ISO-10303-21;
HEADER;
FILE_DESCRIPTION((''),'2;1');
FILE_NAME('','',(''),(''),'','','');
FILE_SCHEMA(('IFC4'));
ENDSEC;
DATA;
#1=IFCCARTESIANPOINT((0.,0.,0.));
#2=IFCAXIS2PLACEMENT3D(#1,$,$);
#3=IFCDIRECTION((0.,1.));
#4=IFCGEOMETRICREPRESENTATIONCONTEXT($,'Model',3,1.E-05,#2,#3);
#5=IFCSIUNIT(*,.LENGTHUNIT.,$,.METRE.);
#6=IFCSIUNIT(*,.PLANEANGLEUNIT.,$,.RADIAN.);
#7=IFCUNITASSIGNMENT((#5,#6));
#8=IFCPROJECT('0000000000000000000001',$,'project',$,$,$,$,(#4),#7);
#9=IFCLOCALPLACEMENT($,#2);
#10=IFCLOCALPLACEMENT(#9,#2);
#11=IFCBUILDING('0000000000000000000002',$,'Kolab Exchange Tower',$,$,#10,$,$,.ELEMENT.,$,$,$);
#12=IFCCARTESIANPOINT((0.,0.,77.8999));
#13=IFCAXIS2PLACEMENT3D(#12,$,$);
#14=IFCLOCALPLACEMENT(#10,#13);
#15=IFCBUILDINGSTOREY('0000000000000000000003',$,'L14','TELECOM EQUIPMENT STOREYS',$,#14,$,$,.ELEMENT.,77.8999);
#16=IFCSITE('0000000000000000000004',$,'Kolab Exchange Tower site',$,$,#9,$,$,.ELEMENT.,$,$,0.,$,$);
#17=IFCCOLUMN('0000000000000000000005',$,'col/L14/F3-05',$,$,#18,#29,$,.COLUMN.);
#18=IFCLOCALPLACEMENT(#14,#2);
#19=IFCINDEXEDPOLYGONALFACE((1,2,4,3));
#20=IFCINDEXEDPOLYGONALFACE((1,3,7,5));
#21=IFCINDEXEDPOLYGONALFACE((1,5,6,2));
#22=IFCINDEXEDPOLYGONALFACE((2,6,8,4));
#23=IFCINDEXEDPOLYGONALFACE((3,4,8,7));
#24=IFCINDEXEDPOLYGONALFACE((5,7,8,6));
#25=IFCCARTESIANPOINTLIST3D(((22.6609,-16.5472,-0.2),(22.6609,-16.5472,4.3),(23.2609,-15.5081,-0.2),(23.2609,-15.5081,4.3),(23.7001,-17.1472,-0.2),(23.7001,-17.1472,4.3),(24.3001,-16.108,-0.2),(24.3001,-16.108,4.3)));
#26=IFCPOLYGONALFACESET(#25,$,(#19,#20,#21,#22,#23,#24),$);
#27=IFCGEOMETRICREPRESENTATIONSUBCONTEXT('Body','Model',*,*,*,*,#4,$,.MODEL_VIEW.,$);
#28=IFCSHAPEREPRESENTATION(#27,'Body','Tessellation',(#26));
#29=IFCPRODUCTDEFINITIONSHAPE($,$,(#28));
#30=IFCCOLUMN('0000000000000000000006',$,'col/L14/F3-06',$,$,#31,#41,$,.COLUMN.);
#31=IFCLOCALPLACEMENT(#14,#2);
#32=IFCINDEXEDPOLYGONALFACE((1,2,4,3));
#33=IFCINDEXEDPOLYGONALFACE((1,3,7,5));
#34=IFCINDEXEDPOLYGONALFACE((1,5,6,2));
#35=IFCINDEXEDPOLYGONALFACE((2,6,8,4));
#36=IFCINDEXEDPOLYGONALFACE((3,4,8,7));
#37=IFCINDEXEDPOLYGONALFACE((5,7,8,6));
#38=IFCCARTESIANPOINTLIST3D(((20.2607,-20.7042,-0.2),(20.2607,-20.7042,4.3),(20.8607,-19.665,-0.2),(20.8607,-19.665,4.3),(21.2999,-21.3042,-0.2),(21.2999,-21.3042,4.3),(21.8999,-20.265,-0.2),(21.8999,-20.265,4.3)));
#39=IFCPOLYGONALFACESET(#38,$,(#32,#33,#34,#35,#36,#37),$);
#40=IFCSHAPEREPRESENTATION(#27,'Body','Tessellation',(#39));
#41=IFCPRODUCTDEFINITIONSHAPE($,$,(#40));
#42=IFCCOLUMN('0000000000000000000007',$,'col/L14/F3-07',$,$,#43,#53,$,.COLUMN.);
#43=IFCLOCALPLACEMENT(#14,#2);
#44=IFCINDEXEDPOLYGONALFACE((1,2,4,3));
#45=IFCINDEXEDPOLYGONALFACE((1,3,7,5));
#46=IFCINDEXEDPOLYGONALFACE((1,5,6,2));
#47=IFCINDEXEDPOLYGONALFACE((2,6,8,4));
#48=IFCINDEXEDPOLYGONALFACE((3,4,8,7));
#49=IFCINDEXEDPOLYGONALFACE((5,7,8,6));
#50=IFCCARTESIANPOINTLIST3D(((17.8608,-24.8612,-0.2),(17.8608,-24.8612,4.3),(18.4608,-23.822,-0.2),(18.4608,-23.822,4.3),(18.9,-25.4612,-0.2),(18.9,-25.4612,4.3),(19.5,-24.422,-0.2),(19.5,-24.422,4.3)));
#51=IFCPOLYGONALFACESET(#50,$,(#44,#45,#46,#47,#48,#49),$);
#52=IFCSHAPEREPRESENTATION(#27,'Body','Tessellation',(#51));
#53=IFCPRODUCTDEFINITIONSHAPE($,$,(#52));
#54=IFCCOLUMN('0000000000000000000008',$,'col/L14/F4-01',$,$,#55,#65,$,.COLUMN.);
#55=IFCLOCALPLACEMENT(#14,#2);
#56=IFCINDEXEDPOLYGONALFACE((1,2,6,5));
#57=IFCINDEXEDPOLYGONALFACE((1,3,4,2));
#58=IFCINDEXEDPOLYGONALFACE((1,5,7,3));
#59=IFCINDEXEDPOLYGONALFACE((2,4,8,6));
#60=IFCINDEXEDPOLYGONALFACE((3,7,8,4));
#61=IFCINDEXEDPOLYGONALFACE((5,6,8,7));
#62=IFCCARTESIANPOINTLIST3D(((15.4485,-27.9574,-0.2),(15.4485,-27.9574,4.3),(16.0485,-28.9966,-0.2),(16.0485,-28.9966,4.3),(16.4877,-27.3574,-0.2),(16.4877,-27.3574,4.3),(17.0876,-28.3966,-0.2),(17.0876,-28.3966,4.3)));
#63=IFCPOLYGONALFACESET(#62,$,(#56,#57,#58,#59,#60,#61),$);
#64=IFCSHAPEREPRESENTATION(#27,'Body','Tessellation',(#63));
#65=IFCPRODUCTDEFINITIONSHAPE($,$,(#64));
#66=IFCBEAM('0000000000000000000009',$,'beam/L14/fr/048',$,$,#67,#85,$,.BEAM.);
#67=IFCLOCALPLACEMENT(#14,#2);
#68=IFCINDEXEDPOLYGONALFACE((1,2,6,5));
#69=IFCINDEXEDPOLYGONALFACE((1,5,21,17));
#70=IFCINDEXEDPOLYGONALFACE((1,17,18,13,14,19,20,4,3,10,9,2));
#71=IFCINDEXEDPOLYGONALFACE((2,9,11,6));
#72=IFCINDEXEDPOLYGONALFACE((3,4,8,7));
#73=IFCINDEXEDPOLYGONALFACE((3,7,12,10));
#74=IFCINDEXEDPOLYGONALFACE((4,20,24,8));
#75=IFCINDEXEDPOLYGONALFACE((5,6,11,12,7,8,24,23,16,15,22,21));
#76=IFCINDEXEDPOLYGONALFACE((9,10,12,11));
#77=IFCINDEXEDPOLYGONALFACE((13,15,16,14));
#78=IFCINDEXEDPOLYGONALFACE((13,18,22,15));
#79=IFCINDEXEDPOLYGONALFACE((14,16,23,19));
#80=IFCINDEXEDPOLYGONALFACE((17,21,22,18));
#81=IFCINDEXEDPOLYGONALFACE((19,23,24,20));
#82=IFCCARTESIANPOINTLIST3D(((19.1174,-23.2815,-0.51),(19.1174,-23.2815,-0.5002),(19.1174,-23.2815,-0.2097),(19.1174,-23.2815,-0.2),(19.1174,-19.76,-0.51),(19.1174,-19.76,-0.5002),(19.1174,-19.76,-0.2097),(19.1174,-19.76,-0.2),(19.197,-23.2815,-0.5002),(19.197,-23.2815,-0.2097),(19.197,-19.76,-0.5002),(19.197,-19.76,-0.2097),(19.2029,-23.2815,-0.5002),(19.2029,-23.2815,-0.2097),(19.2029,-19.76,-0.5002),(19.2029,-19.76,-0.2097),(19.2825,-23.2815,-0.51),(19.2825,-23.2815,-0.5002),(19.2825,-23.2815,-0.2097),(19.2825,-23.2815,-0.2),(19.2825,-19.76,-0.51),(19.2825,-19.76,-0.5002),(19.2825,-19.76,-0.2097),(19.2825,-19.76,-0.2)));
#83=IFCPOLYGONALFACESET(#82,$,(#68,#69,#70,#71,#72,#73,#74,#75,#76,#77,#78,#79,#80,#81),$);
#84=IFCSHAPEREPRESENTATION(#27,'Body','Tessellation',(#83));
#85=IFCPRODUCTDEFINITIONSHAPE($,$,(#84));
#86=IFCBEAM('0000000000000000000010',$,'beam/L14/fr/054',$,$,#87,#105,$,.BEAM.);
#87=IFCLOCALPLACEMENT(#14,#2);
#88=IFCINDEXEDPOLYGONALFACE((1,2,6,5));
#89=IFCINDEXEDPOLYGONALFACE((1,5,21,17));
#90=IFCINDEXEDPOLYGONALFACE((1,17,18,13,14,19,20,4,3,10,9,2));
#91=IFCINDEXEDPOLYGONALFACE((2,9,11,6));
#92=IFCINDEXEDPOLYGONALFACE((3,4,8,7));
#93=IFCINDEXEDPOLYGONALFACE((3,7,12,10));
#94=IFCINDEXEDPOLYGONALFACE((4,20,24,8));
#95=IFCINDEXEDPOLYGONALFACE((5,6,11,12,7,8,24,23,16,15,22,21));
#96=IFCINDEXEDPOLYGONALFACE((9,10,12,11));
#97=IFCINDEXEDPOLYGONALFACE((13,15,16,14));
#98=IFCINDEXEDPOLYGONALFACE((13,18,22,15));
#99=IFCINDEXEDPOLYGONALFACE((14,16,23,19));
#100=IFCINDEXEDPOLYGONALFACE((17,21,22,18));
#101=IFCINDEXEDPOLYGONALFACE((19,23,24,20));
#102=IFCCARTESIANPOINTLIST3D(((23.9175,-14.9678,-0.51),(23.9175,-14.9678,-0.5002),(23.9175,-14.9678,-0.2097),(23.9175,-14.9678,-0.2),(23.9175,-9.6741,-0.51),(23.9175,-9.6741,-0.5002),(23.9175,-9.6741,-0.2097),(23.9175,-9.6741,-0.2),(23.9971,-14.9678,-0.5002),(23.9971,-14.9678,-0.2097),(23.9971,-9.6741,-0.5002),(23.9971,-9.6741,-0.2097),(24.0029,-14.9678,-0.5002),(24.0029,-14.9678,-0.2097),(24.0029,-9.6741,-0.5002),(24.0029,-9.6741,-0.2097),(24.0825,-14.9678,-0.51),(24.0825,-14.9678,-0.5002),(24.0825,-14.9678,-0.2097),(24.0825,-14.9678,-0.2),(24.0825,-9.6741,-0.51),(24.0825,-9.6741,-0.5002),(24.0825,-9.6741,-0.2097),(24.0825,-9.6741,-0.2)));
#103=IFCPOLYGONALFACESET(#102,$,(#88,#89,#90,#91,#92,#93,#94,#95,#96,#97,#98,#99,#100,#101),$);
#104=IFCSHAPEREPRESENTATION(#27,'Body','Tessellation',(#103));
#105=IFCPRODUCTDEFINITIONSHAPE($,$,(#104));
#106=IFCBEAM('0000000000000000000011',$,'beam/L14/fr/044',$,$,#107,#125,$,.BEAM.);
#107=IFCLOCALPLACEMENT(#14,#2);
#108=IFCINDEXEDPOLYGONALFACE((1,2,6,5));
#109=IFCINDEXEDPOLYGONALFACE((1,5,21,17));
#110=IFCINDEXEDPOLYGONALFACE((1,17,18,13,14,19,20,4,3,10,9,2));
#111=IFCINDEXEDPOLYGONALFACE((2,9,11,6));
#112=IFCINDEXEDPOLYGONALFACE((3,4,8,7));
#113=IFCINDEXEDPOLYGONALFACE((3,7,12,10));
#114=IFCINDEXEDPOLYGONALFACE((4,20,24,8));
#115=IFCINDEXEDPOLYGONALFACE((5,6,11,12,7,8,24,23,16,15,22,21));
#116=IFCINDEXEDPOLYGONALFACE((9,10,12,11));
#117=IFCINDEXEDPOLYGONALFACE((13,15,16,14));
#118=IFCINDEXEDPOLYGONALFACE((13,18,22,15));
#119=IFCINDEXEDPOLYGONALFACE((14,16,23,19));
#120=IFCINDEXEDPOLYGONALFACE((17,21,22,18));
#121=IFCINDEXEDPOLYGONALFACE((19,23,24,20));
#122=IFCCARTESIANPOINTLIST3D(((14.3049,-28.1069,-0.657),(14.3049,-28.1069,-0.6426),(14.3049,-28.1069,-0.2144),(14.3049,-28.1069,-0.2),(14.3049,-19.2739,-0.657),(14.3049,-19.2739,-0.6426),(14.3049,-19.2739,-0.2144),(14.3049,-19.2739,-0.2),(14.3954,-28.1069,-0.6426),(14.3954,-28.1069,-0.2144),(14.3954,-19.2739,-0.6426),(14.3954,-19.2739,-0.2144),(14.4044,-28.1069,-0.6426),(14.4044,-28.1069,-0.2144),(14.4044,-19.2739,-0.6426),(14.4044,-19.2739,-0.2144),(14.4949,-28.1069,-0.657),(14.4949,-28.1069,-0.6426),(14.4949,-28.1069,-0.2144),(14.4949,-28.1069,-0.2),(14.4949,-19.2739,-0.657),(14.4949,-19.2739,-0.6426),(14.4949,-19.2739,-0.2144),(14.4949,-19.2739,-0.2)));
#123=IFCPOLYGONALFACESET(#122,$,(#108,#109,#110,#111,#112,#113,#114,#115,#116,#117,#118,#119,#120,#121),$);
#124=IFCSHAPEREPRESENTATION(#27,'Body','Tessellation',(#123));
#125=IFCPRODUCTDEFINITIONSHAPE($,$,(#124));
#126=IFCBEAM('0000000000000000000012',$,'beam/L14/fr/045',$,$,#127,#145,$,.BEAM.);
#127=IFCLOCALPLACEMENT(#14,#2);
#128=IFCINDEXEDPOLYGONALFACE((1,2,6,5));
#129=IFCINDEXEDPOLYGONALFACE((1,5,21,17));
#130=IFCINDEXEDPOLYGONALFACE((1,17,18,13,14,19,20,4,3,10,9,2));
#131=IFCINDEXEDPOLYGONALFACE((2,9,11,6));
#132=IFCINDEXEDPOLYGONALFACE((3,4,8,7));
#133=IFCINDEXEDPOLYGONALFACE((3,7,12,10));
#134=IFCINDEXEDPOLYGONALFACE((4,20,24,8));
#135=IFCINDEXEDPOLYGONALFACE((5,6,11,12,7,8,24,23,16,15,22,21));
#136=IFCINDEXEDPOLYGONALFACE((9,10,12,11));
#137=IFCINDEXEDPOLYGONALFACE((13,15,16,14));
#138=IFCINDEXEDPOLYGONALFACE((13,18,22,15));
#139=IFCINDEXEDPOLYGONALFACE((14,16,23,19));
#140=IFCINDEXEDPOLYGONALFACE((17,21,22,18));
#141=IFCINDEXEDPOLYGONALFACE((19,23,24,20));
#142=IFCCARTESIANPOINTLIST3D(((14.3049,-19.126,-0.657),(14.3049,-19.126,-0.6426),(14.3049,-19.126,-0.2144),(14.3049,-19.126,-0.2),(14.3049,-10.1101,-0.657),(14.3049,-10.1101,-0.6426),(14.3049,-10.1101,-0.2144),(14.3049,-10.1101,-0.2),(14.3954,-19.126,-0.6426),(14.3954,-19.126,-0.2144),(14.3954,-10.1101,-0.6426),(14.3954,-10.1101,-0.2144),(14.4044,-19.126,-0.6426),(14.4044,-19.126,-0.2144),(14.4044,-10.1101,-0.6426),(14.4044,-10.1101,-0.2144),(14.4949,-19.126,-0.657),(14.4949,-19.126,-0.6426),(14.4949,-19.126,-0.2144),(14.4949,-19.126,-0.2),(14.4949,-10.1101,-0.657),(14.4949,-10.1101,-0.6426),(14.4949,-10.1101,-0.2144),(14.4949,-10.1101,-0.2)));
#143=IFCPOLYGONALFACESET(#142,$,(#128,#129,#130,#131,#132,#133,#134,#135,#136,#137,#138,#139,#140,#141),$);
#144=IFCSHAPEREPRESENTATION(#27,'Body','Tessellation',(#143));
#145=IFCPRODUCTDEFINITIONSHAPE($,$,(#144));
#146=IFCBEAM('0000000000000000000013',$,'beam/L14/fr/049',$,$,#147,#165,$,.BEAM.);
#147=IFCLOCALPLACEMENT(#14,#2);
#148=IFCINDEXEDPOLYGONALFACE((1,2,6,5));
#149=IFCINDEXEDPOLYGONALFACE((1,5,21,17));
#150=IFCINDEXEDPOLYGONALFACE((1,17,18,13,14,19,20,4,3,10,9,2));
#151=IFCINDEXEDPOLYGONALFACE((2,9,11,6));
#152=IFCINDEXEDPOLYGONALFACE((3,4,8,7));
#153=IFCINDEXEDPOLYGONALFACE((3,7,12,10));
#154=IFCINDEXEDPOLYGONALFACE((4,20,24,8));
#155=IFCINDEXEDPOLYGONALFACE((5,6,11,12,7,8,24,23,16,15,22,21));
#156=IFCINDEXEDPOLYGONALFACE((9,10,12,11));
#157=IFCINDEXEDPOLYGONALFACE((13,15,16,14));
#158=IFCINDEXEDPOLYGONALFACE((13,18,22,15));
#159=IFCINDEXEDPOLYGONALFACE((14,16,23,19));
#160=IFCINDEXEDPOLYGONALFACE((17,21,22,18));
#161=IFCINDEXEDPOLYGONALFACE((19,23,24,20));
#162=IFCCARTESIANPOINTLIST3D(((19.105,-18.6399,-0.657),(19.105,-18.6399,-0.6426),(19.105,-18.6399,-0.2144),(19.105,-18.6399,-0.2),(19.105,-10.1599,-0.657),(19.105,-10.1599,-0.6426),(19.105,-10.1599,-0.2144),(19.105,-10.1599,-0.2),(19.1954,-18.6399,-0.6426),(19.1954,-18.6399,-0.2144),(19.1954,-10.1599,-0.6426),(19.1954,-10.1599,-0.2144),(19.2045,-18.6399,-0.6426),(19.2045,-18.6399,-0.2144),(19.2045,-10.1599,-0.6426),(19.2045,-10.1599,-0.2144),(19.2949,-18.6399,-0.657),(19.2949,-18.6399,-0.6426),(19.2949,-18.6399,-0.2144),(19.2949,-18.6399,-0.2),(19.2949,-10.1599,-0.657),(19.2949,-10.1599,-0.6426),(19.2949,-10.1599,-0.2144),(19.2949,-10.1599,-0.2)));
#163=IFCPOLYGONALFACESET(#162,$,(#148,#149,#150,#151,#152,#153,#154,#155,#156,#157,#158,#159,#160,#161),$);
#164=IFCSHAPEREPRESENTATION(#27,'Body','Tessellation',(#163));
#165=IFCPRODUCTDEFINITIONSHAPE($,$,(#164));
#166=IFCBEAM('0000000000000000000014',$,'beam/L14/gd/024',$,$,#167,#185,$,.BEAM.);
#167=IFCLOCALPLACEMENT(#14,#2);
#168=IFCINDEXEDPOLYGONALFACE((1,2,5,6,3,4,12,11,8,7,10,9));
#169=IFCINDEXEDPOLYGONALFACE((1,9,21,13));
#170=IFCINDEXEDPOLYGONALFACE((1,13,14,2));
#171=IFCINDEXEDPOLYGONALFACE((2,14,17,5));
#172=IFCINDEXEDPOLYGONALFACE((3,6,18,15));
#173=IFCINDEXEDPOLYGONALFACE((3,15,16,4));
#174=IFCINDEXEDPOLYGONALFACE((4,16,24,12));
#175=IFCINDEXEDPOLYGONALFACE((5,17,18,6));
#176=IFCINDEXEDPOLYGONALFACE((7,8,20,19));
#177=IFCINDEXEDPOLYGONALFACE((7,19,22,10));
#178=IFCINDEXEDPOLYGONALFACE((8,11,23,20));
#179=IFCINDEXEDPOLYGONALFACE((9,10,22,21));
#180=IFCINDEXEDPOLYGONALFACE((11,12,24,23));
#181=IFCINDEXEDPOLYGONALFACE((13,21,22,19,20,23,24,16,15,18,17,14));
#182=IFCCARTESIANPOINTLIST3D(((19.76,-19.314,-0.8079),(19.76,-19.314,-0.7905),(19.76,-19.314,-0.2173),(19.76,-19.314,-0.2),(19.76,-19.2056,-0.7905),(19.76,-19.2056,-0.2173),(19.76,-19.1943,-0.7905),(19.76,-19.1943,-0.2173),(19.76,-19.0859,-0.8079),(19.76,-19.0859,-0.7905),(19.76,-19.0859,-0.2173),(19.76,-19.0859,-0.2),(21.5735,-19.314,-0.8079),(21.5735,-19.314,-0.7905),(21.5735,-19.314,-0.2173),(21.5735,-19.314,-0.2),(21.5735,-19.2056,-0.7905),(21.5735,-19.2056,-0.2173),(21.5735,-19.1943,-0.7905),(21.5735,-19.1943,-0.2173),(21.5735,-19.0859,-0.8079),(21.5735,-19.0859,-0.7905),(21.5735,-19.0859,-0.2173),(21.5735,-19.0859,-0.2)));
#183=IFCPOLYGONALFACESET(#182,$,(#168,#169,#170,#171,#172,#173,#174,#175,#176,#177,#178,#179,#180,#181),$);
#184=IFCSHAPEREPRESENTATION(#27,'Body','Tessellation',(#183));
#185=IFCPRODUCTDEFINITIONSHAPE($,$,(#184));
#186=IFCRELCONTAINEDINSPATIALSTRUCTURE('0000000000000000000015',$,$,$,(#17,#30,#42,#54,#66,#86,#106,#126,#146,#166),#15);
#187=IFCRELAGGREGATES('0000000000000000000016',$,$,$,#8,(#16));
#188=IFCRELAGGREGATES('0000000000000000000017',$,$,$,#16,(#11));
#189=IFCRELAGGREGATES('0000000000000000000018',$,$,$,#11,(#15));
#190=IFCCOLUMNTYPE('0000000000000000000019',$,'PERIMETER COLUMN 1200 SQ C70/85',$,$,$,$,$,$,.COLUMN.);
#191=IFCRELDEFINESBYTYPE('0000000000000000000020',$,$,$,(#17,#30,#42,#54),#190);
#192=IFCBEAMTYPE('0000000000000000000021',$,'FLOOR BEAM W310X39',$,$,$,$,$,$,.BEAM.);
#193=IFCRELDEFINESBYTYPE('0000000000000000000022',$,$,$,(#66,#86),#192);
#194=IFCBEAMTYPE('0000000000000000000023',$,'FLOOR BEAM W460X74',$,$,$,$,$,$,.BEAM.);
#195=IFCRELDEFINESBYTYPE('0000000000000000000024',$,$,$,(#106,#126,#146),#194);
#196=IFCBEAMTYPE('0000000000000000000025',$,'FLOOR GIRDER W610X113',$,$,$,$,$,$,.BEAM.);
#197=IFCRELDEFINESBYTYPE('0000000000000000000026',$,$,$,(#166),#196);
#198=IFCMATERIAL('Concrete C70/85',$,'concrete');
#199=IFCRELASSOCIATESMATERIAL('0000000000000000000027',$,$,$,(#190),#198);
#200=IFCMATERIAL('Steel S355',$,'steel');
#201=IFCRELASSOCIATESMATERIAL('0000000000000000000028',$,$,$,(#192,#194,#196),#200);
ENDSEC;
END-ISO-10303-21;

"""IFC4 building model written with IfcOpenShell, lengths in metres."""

from ifc_helpers import new_model, si_unit, direction, frame, origin, origin_2d, place, context, subcontext, project, spatial, rectangle, i_section, extrude, material, material_profile, profile_set, type_object, element, save


model = new_model("IFC4")

# Units and contexts
model_context = context("Model", 3, precision=1e-05, world=origin(), true_north=direction((0.0, 1.0)))
body_context = subcontext(model_context, "Body", "Model", "MODEL_VIEW")
ifc_project = project(units=[si_unit("LENGTHUNIT", "METRE"), si_unit("PLANEANGLEUNIT", "RADIAN")], contexts=[model_context])

# Site, building, storey
site_placement = place(None, origin())
site = spatial("IfcSite", under=ifc_project, at=site_placement, Name="Kolab Exchange Tower site", CompositionType="ELEMENT", RefElevation=0.0)
building_placement = place(site_placement, origin())
building = spatial("IfcBuilding", under=site, at=building_placement, Name="Kolab Exchange Tower", CompositionType="ELEMENT")
storey_placement = place(building_placement, frame((0.0, 0.0, 77.8999)))
storey = spatial("IfcBuildingStorey", under=building, at=storey_placement, Name="L14", Description="TELECOM EQUIPMENT STOREYS", CompositionType="ELEMENT", Elevation=77.8999)

# Columns
ifc_material_1 = material(Name="Concrete C70/85", Category="concrete")
ifc_material_profile_1 = material_profile(ifc_material_1, rectangle(XDim=1.2, YDim=1.2, at=origin_2d()), Name="RC1200")
ifc_profile_set_1 = profile_set([ifc_material_profile_1], Name="Concrete C70/85")
column_type = type_object("IfcColumnType", Name="PERIMETER COLUMN 1200 SQ C70/85", PredefinedType="COLUMN", material=ifc_profile_set_1)
for number, where, z_axis, x_axis, name in (
    (1, (23.4805, -16.3276, -0.2), (0.0, 0.0, 1.0), (0.5, 0.866025, 0.0), "col/L14/F3-05"),
    (2, (21.0803, -20.4846, -0.2), (0.0, 0.0, 1.0), (0.5, 0.866025, 0.0), "col/L14/F3-06"),
    (3, (18.6804, -24.6416, -0.2), (0.0, 0.0, 1.0), (0.5, 0.866025, 0.0), "col/L14/F3-07"),
    (4, (16.2681, -28.177, -0.2), (0.0, 0.0, 1.0), (0.866025, 0.5, 0.0), "col/L14/F4-01"),
):
    element("IfcColumn", number, at=place(storey_placement, frame(where, z_axis=z_axis, x_axis=x_axis)), inside=storey, type_object=column_type, Name=name, PredefinedType="COLUMN", context=body_context, shape_type="SweptSolid", body=[
        extrude(rectangle(XDim=1.2, YDim=1.2, at=origin_2d()), origin(), (0.0, 0.0, 1.0), 4.5),
    ])

# Beams
ifc_material_2 = material(Name="Steel S355", Category="steel")
ifc_material_profile_2 = material_profile(ifc_material_2, i_section(OverallWidth=0.165, OverallDepth=0.3101, WebThickness=0.0059, FlangeThickness=0.0098, at=origin_2d()), Name="W310X39")
ifc_profile_set_2 = profile_set([ifc_material_profile_2], Name="Steel S355")
beam_type_1 = type_object("IfcBeamType", Name="FLOOR BEAM W310X39", PredefinedType="BEAM", material=ifc_profile_set_2)
beam_1_placement = place(storey_placement, frame((19.2, -23.2815, -0.355), z_axis=(0.0, 1.0, 0.0), x_axis=(-1.0, 0.0, 0.0)))
element("IfcBeam", 5, at=beam_1_placement, inside=storey, type_object=beam_type_1, Name="beam/L14/fr/048", PredefinedType="BEAM", context=body_context, shape_type="SweptSolid", body=[
    extrude(i_section(OverallWidth=0.165, OverallDepth=0.3101, WebThickness=0.0059, FlangeThickness=0.0098, at=origin_2d()), origin(), (0.0, 0.0, 1.0), 3.5215),
])
beam_2_placement = place(storey_placement, frame((24.0, -14.9678, -0.355), z_axis=(0.0, 1.0, 0.0), x_axis=(-1.0, 0.0, 0.0)))
element("IfcBeam", 6, at=beam_2_placement, inside=storey, type_object=beam_type_1, Name="beam/L14/fr/054", PredefinedType="BEAM", context=body_context, shape_type="SweptSolid", body=[
    extrude(i_section(OverallWidth=0.165, OverallDepth=0.3101, WebThickness=0.0059, FlangeThickness=0.0098, at=origin_2d()), origin(), (0.0, 0.0, 1.0), 5.2937),
])
ifc_material_profile_3 = material_profile(ifc_material_2, i_section(OverallWidth=0.1899, OverallDepth=0.457, WebThickness=0.009, FlangeThickness=0.0144, at=origin_2d()), Name="W460X74")
ifc_profile_set_3 = profile_set([ifc_material_profile_3], Name="Steel S355")
beam_type_2 = type_object("IfcBeamType", Name="FLOOR BEAM W460X74", PredefinedType="BEAM", material=ifc_profile_set_3)
beam_3_placement = place(storey_placement, frame((14.3999, -28.1069, -0.4285), z_axis=(0.0, 1.0, 0.0), x_axis=(-1.0, 0.0, 0.0)))
element("IfcBeam", 7, at=beam_3_placement, inside=storey, type_object=beam_type_2, Name="beam/L14/fr/044", PredefinedType="BEAM", context=body_context, shape_type="SweptSolid", body=[
    extrude(i_section(OverallWidth=0.1899, OverallDepth=0.457, WebThickness=0.009, FlangeThickness=0.0144, at=origin_2d()), origin(), (0.0, 0.0, 1.0), 8.833),
])
beam_4_placement = place(storey_placement, frame((14.3999, -19.126, -0.4285), z_axis=(0.0, 1.0, 0.0), x_axis=(-1.0, 0.0, 0.0)))
element("IfcBeam", 8, at=beam_4_placement, inside=storey, type_object=beam_type_2, Name="beam/L14/fr/045", PredefinedType="BEAM", context=body_context, shape_type="SweptSolid", body=[
    extrude(i_section(OverallWidth=0.1899, OverallDepth=0.457, WebThickness=0.009, FlangeThickness=0.0144, at=origin_2d()), origin(), (0.0, 0.0, 1.0), 9.0159),
])
beam_5_placement = place(storey_placement, frame((19.2, -18.6399, -0.4285), z_axis=(0.0, 1.0, 0.0), x_axis=(-1.0, 0.0, 0.0)))
element("IfcBeam", 9, at=beam_5_placement, inside=storey, type_object=beam_type_2, Name="beam/L14/fr/049", PredefinedType="BEAM", context=body_context, shape_type="SweptSolid", body=[
    extrude(i_section(OverallWidth=0.1899, OverallDepth=0.457, WebThickness=0.009, FlangeThickness=0.0144, at=origin_2d()), origin(), (0.0, 0.0, 1.0), 8.48),
])
ifc_material_profile_4 = material_profile(ifc_material_2, i_section(OverallWidth=0.228, OverallDepth=0.6079, WebThickness=0.0112, FlangeThickness=0.0173, at=origin_2d()), Name="W610X113")
ifc_profile_set_4 = profile_set([ifc_material_profile_4], Name="Steel S355")
beam_type_3 = type_object("IfcBeamType", Name="FLOOR GIRDER W610X113", PredefinedType="BEAM", material=ifc_profile_set_4)
beam_6_placement = place(storey_placement, frame((19.76, -19.2, -0.5039), z_axis=(1.0, 0.0, 0.0), x_axis=(0.0, 1.0, 0.0)))
element("IfcBeam", 10, at=beam_6_placement, inside=storey, type_object=beam_type_3, Name="beam/L14/gd/024", PredefinedType="BEAM", context=body_context, shape_type="SweptSolid", body=[
    extrude(i_section(OverallWidth=0.228, OverallDepth=0.6079, WebThickness=0.0112, FlangeThickness=0.0173, at=origin_2d()), origin(), (0.0, 0.0, 1.0), 1.8135),
])

save(model, "model.ifc")
